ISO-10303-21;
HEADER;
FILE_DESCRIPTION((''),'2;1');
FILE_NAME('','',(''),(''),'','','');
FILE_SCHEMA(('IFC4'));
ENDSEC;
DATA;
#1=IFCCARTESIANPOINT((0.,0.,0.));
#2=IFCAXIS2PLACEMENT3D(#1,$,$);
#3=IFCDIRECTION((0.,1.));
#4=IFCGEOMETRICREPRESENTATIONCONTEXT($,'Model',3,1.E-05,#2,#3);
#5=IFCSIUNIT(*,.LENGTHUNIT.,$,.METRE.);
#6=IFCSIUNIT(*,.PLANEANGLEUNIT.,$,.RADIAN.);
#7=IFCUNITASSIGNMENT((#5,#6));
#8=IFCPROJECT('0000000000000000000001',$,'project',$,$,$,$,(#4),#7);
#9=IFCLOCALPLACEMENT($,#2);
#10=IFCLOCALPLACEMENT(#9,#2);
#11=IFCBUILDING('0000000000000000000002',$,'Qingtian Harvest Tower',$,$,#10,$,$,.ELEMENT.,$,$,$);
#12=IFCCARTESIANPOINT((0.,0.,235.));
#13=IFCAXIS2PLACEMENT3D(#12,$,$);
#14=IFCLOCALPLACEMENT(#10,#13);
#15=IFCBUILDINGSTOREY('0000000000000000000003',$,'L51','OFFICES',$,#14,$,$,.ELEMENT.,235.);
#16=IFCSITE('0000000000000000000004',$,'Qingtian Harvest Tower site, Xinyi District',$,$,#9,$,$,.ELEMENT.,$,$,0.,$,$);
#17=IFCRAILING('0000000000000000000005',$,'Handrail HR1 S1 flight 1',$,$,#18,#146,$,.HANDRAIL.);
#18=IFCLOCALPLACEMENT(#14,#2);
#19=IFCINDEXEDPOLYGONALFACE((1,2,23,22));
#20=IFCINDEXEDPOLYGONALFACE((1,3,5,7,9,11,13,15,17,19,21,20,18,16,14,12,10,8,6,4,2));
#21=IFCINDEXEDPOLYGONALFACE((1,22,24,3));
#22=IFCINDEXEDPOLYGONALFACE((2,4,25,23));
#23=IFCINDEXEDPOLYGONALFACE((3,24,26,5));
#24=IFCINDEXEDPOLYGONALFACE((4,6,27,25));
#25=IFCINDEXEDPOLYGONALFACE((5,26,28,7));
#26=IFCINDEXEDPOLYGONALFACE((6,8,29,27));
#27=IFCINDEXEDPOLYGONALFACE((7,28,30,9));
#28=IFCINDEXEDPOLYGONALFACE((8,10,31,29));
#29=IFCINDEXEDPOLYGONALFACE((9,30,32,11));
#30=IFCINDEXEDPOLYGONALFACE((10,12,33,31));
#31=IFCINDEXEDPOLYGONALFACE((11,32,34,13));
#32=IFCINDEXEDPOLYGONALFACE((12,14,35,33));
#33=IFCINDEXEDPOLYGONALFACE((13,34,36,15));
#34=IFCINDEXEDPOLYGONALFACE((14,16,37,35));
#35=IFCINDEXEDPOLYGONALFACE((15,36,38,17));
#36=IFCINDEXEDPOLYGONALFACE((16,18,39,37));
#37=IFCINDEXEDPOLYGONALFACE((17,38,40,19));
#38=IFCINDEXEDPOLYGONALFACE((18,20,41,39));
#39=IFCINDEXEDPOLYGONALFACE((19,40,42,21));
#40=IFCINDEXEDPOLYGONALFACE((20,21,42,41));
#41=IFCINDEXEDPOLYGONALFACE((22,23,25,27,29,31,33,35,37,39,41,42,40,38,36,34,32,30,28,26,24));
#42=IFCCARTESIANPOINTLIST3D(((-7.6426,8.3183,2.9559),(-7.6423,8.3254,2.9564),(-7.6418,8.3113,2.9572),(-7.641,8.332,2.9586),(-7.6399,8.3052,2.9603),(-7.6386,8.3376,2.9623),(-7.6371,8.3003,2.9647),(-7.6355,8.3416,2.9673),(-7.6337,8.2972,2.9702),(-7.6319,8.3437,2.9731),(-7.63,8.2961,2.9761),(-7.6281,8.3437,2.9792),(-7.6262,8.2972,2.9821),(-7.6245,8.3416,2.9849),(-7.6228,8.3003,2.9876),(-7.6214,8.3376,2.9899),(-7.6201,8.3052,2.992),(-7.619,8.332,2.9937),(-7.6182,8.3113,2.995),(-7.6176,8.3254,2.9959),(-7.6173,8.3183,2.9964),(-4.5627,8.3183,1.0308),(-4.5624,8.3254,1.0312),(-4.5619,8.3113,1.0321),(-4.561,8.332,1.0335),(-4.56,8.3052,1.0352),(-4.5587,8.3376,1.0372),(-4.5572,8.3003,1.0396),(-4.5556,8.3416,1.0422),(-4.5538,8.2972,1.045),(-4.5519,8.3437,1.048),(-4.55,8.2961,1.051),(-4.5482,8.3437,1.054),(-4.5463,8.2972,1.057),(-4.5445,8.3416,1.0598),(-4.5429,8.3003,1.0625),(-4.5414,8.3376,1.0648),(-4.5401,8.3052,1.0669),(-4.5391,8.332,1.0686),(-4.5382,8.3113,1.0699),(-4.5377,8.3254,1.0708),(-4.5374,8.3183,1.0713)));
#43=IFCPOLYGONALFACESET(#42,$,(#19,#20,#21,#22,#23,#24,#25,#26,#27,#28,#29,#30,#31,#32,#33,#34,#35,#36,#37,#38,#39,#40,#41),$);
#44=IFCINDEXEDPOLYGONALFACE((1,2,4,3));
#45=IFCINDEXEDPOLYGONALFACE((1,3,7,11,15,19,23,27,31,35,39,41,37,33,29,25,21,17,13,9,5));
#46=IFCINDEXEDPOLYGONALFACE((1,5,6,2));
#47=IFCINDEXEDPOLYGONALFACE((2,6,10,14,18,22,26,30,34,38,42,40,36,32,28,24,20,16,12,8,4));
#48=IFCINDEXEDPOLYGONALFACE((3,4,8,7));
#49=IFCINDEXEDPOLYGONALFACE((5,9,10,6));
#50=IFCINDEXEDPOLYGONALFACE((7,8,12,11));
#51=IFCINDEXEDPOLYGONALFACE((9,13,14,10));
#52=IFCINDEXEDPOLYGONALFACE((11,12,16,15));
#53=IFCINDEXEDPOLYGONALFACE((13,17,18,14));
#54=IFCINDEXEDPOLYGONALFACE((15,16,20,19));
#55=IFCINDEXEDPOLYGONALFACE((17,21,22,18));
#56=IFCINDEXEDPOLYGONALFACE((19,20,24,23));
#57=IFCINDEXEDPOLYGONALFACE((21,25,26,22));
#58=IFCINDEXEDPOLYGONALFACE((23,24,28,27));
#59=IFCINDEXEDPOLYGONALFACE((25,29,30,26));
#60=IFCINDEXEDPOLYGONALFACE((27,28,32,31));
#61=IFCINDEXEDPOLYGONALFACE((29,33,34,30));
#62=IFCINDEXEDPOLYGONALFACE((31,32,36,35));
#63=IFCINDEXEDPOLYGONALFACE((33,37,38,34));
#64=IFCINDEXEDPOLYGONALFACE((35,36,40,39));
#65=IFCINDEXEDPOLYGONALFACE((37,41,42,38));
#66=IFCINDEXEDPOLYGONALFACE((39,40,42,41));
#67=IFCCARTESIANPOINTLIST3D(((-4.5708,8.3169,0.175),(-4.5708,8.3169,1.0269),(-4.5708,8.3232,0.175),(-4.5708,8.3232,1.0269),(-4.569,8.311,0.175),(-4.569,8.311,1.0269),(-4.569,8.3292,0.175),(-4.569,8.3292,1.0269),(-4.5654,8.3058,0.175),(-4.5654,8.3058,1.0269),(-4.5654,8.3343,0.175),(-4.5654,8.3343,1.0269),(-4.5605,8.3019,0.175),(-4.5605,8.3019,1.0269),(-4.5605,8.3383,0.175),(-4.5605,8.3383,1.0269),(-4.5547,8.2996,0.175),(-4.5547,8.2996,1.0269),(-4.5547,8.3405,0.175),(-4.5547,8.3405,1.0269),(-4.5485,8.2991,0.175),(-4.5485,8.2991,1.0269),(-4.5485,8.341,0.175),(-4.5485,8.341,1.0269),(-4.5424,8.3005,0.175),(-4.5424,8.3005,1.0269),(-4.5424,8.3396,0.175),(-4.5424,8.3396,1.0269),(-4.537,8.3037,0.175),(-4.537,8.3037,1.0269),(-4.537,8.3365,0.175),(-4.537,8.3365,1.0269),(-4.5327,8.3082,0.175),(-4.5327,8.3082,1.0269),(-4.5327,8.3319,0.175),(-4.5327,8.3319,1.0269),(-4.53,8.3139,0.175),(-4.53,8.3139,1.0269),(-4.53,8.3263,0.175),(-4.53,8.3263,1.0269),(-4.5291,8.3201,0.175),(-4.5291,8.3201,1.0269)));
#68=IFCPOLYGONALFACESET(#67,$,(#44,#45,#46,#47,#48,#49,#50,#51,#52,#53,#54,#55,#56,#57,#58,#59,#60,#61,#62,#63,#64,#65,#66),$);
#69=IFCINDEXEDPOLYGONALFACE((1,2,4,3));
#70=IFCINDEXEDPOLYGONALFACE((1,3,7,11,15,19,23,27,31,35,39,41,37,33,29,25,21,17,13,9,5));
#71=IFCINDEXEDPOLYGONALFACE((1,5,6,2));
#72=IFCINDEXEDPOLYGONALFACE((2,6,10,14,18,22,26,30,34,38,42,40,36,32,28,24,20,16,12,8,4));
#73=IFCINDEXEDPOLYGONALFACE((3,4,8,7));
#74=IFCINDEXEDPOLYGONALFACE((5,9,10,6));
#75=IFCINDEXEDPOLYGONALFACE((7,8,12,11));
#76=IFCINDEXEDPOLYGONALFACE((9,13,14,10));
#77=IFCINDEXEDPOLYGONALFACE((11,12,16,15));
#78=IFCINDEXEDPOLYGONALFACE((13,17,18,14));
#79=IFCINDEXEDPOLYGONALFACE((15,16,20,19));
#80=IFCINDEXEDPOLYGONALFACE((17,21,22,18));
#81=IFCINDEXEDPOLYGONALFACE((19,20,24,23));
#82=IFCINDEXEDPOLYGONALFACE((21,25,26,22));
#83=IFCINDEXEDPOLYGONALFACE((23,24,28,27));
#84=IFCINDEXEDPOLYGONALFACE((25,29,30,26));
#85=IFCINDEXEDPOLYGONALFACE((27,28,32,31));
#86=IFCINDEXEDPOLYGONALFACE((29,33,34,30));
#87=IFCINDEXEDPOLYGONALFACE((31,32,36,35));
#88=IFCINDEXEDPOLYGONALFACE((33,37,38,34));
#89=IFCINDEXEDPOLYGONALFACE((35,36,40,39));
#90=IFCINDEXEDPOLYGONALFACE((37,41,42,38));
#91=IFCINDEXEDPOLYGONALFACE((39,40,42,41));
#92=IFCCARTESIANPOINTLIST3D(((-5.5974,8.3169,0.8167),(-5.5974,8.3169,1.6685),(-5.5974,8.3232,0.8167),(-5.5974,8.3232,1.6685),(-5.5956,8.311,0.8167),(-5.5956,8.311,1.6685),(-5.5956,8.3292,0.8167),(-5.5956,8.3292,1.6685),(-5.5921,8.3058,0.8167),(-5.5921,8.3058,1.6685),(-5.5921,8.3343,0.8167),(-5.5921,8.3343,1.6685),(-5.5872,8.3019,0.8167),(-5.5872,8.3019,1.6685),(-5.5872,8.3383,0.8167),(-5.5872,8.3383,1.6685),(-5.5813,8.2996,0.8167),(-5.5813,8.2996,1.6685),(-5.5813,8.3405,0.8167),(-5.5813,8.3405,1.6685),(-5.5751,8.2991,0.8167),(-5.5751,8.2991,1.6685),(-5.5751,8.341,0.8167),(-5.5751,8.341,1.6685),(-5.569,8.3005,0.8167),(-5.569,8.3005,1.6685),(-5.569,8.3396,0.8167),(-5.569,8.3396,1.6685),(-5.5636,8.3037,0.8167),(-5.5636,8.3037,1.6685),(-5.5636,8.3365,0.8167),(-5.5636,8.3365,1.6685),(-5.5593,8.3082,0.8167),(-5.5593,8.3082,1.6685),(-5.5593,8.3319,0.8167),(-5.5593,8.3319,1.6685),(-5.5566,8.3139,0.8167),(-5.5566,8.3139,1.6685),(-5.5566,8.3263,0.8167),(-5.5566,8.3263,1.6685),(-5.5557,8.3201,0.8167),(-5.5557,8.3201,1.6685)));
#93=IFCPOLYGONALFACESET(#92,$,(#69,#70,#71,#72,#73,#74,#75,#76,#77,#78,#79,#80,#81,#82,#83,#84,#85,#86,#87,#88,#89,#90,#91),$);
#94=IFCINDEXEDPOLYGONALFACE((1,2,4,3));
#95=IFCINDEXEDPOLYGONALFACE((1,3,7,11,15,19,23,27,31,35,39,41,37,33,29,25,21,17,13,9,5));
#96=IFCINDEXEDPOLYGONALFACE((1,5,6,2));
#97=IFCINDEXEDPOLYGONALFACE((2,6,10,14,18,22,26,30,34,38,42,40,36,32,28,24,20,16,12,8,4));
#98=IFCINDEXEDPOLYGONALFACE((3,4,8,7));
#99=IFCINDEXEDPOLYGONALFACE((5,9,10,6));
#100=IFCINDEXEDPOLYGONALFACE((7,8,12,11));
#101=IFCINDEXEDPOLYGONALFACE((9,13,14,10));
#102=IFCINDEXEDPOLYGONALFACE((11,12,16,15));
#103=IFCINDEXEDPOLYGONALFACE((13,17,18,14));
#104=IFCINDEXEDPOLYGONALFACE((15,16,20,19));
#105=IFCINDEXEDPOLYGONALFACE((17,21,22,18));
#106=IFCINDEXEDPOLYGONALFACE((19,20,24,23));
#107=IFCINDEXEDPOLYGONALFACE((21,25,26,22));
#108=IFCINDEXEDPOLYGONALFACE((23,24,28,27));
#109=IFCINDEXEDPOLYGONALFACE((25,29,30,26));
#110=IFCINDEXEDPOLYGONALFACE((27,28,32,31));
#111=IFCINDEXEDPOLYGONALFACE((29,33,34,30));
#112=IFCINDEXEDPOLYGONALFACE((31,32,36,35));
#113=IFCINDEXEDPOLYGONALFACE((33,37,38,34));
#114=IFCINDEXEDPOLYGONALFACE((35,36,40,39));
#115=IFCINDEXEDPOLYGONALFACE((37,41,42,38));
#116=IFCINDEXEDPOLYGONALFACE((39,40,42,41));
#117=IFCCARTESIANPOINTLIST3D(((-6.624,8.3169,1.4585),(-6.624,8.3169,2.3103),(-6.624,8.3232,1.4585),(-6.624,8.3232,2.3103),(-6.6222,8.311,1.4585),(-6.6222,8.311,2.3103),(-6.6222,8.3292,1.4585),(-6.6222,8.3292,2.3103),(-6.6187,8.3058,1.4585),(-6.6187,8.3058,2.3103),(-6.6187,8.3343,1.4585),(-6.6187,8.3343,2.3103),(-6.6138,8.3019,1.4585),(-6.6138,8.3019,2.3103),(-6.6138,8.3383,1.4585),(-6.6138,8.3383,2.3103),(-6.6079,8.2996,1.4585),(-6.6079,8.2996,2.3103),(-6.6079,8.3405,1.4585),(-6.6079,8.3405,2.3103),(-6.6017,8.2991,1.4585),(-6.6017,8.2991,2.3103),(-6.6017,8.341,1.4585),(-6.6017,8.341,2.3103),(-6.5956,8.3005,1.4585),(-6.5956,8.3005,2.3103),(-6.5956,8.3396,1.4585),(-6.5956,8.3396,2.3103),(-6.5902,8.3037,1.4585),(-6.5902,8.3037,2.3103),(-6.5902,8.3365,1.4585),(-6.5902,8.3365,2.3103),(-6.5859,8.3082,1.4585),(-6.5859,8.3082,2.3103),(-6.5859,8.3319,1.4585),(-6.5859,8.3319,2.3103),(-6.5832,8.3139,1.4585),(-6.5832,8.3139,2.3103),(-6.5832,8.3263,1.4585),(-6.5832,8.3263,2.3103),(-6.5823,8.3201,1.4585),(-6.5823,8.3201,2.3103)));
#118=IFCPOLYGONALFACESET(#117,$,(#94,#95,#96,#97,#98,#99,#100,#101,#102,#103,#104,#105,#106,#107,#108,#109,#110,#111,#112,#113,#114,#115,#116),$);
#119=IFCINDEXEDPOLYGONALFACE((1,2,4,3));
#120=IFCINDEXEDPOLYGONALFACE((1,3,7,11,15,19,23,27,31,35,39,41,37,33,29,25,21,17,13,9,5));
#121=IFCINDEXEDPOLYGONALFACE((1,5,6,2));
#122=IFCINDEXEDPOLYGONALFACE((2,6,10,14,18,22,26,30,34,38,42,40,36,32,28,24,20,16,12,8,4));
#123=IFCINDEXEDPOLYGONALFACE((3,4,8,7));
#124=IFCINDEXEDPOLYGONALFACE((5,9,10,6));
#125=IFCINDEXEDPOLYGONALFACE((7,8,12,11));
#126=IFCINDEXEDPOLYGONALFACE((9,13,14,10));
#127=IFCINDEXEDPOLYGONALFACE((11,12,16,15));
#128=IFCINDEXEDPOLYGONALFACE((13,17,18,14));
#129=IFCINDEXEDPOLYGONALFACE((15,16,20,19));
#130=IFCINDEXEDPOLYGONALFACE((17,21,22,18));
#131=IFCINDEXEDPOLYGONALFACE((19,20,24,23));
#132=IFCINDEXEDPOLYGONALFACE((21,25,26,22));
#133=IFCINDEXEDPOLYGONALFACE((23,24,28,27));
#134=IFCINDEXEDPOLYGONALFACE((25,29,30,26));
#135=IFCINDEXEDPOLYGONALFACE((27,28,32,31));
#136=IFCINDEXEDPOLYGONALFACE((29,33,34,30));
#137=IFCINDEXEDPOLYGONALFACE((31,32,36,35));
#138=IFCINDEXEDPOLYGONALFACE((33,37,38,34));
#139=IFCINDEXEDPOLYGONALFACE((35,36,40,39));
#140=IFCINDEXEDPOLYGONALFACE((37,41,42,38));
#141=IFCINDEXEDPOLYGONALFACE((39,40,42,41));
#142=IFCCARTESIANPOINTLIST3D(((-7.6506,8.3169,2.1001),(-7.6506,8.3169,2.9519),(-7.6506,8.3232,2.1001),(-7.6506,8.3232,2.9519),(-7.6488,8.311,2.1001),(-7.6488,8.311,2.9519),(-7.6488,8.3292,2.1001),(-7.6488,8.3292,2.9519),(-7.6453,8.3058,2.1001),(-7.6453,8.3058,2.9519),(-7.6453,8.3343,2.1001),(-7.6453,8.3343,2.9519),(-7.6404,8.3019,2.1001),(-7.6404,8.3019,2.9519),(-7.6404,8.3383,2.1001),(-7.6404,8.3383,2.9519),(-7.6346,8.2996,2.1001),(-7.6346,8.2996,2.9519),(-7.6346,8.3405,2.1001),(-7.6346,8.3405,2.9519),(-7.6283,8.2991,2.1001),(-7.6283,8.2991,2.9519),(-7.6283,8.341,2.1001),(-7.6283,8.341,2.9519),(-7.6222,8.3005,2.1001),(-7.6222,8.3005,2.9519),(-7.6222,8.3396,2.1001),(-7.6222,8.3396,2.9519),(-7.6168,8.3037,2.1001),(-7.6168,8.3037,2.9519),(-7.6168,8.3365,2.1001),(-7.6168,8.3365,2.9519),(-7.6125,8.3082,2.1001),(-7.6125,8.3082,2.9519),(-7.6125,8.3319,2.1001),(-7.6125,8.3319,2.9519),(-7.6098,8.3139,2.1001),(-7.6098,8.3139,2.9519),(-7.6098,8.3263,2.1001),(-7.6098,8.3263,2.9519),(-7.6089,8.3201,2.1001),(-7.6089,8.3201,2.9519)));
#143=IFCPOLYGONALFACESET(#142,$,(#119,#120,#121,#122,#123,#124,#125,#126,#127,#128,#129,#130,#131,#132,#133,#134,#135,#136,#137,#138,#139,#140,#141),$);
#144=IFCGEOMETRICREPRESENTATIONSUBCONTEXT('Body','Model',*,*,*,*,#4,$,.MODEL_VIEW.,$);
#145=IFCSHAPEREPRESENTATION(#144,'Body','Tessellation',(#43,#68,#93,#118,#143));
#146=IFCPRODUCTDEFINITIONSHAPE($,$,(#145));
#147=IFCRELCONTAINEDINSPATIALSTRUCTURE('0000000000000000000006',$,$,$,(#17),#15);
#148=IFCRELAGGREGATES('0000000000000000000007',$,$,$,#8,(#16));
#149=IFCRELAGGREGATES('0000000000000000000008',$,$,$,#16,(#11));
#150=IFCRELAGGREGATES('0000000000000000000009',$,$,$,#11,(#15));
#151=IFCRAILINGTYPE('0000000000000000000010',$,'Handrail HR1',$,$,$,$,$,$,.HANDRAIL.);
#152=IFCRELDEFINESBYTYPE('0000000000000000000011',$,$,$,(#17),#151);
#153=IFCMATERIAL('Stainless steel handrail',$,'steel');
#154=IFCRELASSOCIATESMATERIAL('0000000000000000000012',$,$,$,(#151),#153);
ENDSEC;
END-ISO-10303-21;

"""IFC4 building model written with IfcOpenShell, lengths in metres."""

from ifc_helpers import new_model, si_unit, direction, frame, origin, origin_2d, place, context, subcontext, project, spatial, circle, extrude, material, type_object, element, save


model = new_model("IFC4")

# Units and contexts
model_context = context("Model", 3, precision=1e-05, world=origin(), true_north=direction((0.0, 1.0)))
body_context = subcontext(model_context, "Body", "Model", "MODEL_VIEW")
ifc_project = project(units=[si_unit("LENGTHUNIT", "METRE"), si_unit("PLANEANGLEUNIT", "RADIAN")], contexts=[model_context])

# Site, building, storey
site_placement = place(None, origin())
site = spatial("IfcSite", under=ifc_project, at=site_placement, Name="Qingtian Harvest Tower site, Xinyi District", CompositionType="ELEMENT", RefElevation=0.0)
building_placement = place(site_placement, origin())
building = spatial("IfcBuilding", under=site, at=building_placement, Name="Qingtian Harvest Tower", CompositionType="ELEMENT")
storey_placement = place(building_placement, frame((0.0, 0.0, 235.0)))
storey = spatial("IfcBuildingStorey", under=building, at=storey_placement, Name="L51", Description="OFFICES", CompositionType="ELEMENT", Elevation=235.0)

# Railing
ifc_material_1 = material(Name="Stainless steel handrail", Category="steel")
railing_type = type_object("IfcRailingType", Name="Handrail HR1", PredefinedType="HANDRAIL", material=ifc_material_1)
railing_1_placement = place(storey_placement, frame((-4.55, 8.3201, 0.175)))
element("IfcRailing", 1, at=railing_1_placement, inside=storey, type_object=railing_type, Name="Handrail HR1 S1 flight 1", PredefinedType="HANDRAIL", context=body_context, shape_type="SweptSolid", body=[
    extrude(circle(Radius=0.0239, at=origin_2d()), frame((0.0, 0.0, 0.876), z_axis=(-0.847979, 0.0, 0.530029), x_axis=(0.0, -1.0, 0.0)), (0.0, 0.0, 1.0), 3.6321),
    extrude(circle(Radius=0.021, at=origin_2d()), origin(), (0.0, 0.0, 1.0), 0.8518),
    extrude(circle(Radius=0.021, at=origin_2d()), frame((-1.0266, 0.0, 0.6416)), (0.0, 0.0, 1.0), 0.8518),
    extrude(circle(Radius=0.021, at=origin_2d()), frame((-2.0532, 0.0, 1.2834)), (0.0, 0.0, 1.0), 0.8518),
    extrude(circle(Radius=0.021, at=origin_2d()), frame((-3.0798, 0.0, 1.925)), (0.0, 0.0, 1.0), 0.8518),
])

save(model, "model.ifc")
